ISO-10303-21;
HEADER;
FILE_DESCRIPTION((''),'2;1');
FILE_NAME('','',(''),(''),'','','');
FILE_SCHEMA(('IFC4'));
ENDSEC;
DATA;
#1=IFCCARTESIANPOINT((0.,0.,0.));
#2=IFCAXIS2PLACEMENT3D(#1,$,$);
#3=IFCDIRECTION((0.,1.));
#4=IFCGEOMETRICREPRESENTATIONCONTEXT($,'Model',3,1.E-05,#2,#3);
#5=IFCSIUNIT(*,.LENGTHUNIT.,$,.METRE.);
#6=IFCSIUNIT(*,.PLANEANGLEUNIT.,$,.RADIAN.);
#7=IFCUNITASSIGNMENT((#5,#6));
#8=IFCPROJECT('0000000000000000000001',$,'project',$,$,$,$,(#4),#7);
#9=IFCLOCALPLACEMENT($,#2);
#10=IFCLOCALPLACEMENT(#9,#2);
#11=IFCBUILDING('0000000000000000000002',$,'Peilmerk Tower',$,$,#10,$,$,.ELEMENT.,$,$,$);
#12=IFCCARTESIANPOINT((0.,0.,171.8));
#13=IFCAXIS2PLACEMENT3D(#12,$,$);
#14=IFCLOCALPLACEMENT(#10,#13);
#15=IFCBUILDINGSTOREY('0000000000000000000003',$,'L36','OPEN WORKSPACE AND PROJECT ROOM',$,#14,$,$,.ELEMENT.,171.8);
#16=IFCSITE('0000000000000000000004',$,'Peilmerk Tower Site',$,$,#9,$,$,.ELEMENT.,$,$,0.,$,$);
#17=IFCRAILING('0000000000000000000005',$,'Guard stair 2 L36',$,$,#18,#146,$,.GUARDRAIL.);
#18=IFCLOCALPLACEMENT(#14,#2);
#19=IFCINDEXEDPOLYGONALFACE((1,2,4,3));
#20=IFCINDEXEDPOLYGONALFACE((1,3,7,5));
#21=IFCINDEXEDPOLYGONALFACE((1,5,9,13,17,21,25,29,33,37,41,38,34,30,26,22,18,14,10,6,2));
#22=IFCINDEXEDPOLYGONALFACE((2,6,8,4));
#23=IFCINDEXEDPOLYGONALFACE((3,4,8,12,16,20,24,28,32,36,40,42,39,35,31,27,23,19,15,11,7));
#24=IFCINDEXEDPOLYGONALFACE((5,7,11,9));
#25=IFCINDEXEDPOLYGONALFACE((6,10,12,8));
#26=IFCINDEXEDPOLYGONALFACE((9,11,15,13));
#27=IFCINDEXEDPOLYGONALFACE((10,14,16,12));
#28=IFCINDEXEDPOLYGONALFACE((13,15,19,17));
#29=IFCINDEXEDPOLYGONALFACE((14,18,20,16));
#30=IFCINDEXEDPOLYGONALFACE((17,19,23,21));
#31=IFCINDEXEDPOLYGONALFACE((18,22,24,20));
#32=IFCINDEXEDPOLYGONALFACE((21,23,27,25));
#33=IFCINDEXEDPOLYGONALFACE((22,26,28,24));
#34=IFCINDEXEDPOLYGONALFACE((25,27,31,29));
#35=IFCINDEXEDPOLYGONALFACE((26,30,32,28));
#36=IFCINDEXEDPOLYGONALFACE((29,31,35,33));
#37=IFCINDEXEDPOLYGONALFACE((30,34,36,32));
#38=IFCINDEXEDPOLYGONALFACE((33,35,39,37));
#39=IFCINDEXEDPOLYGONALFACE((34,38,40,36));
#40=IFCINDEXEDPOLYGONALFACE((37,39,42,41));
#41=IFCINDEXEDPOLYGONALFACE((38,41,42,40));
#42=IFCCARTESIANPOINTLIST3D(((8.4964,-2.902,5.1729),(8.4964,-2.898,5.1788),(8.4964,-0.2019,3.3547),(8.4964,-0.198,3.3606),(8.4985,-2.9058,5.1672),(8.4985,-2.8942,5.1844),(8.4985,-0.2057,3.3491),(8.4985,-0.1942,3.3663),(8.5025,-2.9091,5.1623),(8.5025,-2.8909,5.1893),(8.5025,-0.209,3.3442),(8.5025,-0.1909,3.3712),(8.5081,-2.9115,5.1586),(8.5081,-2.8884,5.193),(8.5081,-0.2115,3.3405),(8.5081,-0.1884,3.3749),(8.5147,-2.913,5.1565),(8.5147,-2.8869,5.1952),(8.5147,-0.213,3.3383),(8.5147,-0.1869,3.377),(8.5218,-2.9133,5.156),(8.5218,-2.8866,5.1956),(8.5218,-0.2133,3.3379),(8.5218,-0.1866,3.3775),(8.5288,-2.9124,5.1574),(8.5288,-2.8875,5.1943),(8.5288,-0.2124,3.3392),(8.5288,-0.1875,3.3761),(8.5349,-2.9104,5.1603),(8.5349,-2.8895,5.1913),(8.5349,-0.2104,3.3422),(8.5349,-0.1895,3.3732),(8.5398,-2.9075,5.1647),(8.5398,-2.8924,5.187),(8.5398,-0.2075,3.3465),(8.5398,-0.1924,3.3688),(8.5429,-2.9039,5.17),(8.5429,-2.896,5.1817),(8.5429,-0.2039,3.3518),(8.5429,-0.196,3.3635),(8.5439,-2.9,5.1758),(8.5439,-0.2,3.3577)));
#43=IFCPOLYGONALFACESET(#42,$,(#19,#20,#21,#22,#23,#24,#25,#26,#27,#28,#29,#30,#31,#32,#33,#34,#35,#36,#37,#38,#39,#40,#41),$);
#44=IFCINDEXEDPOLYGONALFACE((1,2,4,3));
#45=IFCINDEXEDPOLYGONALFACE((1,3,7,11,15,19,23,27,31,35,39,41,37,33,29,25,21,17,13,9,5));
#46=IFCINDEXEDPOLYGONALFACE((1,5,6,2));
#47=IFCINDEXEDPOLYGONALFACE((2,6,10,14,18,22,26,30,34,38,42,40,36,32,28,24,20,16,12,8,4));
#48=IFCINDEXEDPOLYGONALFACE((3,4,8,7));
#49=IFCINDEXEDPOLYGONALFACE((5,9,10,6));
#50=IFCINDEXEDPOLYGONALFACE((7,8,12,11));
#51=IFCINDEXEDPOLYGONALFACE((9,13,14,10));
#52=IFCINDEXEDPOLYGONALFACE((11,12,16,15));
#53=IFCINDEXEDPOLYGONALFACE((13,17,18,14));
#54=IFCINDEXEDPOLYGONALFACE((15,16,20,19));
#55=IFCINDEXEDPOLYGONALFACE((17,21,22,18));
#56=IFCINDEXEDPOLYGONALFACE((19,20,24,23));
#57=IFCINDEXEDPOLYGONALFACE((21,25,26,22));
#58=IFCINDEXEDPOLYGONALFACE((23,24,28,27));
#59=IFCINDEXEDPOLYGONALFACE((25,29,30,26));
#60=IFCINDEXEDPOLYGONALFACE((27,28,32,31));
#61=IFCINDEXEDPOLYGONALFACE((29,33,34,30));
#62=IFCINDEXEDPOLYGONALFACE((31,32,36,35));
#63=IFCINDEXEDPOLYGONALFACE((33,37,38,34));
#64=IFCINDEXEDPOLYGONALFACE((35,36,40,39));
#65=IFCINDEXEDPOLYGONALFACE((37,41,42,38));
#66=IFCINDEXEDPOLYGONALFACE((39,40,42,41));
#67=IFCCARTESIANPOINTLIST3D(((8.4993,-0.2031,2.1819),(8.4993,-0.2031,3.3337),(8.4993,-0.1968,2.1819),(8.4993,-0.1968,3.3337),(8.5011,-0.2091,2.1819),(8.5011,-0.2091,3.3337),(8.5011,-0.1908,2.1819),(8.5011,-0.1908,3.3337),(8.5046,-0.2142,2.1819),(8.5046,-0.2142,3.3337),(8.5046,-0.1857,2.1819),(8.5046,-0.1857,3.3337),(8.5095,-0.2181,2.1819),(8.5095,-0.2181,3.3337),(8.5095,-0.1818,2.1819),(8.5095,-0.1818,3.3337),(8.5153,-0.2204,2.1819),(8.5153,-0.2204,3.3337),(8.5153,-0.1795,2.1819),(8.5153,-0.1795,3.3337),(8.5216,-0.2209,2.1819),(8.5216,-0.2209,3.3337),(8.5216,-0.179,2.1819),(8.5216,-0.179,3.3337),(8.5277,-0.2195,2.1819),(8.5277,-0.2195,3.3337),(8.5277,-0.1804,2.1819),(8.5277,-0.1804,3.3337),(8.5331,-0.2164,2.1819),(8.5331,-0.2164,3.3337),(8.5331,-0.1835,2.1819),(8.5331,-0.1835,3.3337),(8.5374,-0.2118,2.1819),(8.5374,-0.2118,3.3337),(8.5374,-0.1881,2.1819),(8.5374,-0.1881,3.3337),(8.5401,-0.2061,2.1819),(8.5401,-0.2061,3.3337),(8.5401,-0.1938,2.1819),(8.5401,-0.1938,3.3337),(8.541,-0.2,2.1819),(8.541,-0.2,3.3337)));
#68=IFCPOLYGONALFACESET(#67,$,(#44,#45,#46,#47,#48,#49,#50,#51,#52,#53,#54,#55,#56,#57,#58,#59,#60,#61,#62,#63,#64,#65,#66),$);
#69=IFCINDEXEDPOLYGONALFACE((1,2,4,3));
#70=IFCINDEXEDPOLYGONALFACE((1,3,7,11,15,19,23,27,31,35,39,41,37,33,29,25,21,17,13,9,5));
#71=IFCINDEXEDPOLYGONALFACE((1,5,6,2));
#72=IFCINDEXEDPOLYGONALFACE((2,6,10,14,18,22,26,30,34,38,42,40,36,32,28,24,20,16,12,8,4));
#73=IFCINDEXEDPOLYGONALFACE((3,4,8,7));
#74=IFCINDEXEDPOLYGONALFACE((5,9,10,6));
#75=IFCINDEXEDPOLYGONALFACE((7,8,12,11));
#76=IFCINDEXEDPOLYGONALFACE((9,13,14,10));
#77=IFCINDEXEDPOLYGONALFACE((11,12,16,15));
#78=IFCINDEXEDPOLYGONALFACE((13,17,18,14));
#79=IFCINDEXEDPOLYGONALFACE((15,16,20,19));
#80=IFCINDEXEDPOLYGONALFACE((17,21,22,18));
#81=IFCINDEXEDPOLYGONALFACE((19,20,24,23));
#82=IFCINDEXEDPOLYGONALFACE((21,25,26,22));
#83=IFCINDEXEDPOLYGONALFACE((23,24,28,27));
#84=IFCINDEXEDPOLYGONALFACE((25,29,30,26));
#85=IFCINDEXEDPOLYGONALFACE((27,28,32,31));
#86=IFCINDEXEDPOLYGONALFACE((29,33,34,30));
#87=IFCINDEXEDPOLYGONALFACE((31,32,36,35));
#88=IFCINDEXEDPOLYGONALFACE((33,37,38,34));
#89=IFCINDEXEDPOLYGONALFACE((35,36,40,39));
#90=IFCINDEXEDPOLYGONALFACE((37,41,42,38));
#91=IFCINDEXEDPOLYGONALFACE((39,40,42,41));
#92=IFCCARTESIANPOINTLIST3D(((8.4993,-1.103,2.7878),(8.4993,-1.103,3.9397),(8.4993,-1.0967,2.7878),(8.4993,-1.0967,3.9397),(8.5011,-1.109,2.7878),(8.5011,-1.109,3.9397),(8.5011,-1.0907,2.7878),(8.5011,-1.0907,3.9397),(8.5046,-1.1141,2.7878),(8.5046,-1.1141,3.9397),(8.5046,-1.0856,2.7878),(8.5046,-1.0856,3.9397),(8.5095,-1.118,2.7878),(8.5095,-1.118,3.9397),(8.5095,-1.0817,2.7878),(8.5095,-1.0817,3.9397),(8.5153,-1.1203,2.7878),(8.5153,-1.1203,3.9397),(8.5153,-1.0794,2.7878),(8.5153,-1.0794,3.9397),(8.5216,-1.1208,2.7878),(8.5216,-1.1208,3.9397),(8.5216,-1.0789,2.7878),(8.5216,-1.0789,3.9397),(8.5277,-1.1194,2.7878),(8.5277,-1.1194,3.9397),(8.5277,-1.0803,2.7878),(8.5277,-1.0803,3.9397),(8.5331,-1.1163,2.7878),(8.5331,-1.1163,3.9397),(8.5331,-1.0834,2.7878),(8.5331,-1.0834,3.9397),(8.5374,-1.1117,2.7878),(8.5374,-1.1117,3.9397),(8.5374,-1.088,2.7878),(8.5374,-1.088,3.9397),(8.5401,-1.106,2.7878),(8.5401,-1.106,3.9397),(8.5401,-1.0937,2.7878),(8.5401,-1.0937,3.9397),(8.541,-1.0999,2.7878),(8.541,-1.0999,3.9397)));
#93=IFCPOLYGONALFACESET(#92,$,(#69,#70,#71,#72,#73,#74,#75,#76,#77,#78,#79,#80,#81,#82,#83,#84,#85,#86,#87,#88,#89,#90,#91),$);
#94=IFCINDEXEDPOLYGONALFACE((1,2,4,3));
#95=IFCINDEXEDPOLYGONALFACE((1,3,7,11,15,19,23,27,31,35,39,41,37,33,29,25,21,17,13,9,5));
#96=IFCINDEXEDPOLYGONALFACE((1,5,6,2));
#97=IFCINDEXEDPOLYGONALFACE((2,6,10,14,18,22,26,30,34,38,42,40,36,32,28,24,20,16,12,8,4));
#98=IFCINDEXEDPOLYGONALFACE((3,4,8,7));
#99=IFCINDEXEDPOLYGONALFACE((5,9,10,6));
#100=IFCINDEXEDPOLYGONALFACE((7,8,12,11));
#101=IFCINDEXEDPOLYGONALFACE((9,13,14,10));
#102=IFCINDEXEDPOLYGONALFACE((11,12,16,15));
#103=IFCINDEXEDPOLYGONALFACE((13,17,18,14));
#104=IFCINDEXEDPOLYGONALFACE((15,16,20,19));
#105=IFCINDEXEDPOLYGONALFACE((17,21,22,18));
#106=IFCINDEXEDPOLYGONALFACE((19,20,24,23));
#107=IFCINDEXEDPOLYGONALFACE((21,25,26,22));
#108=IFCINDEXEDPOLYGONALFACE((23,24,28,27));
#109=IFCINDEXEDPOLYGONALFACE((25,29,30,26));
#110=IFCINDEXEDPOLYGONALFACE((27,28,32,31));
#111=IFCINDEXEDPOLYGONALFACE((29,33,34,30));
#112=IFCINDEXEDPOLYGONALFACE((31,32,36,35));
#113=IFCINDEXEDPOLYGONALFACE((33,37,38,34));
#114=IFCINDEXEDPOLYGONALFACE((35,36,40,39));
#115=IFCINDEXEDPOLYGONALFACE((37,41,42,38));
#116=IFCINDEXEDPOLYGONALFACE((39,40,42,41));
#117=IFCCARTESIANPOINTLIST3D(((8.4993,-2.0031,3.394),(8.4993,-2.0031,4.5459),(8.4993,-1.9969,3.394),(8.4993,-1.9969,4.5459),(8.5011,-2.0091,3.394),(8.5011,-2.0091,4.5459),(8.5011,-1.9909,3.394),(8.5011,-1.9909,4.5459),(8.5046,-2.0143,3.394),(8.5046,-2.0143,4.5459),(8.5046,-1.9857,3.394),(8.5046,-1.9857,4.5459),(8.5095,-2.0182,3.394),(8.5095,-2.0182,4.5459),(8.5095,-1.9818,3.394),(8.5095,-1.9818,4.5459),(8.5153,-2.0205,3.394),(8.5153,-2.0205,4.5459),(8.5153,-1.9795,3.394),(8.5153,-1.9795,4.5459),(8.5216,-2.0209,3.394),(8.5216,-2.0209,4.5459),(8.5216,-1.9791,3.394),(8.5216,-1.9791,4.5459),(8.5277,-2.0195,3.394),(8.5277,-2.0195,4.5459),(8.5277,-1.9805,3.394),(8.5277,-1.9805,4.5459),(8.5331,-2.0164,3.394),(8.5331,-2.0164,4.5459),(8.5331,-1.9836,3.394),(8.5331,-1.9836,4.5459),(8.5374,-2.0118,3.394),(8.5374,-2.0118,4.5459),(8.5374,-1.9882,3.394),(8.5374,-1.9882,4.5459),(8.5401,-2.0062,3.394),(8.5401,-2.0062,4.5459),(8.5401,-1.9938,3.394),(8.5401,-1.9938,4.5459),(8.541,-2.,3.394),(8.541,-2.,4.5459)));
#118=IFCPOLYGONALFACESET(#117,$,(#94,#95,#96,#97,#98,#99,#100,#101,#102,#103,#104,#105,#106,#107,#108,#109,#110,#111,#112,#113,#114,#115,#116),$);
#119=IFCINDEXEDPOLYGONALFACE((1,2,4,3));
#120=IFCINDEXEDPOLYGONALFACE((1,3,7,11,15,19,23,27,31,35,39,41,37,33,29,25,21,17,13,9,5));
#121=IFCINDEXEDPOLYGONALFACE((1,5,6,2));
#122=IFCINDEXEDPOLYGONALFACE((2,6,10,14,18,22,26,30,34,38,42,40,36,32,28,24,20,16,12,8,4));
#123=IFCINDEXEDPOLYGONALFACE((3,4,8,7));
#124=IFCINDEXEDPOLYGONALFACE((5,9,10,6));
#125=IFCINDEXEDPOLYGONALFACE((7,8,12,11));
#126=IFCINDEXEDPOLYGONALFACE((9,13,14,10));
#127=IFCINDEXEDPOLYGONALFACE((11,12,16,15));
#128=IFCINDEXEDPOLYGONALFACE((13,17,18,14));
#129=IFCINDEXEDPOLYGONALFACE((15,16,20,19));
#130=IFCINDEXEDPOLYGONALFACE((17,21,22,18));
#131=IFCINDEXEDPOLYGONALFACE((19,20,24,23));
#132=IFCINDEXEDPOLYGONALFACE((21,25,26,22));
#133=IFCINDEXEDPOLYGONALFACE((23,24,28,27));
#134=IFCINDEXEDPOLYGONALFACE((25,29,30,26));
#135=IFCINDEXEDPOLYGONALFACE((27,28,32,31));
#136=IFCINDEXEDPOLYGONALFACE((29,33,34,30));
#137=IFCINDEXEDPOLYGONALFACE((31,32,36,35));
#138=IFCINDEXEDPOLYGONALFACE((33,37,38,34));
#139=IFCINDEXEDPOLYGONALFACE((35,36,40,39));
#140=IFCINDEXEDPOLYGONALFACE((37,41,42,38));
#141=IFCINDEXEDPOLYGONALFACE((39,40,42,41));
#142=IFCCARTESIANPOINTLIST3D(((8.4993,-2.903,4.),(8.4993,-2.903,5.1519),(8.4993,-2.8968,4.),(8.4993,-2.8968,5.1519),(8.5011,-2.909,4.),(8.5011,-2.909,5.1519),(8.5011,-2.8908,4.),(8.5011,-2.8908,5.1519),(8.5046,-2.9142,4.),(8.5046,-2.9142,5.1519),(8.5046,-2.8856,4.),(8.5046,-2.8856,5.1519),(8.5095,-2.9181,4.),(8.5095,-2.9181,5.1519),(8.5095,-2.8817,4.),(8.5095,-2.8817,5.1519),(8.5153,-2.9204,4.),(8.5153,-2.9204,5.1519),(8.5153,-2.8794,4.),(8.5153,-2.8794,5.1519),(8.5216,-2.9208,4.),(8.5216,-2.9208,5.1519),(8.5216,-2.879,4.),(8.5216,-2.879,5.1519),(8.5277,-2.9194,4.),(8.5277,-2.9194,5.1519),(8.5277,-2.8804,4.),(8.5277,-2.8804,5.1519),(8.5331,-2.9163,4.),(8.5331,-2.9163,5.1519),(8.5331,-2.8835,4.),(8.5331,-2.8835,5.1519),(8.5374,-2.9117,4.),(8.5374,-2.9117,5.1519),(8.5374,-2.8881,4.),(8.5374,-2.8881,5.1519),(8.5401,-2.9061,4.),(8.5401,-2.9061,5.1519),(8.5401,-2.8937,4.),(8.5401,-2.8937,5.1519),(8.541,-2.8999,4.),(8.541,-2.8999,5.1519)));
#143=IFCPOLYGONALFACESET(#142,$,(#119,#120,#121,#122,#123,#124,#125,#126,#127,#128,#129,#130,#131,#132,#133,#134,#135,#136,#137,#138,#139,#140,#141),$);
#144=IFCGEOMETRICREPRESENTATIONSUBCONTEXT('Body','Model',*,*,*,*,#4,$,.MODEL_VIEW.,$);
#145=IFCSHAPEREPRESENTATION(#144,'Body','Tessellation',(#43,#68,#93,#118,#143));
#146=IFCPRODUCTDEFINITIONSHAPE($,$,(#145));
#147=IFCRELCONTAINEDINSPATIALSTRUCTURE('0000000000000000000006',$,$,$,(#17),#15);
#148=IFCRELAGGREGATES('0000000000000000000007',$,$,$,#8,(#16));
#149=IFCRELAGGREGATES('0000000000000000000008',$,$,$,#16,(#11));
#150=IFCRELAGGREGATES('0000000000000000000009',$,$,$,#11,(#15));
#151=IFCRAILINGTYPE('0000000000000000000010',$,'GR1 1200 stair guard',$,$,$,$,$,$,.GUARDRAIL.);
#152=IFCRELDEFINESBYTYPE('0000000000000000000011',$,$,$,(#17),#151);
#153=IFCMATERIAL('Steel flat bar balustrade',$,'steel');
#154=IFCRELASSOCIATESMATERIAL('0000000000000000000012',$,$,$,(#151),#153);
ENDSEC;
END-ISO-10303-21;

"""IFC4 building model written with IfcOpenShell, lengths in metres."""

from ifc_helpers import new_model, si_unit, direction, frame, origin, origin_2d, place, context, subcontext, project, spatial, circle, extrude, material, type_object, element, save


model = new_model("IFC4")

# Units and contexts
model_context = context("Model", 3, precision=1e-05, world=origin(), true_north=direction((0.0, 1.0)))
body_context = subcontext(model_context, "Body", "Model", "MODEL_VIEW")
ifc_project = project(units=[si_unit("LENGTHUNIT", "METRE"), si_unit("PLANEANGLEUNIT", "RADIAN")], contexts=[model_context])

# Site, building, storey
site_placement = place(None, origin())
site = spatial("IfcSite", under=ifc_project, at=site_placement, Name="Peilmerk Tower Site", CompositionType="ELEMENT", RefElevation=0.0)
building_placement = place(site_placement, origin())
building = spatial("IfcBuilding", under=site, at=building_placement, Name="Peilmerk Tower", CompositionType="ELEMENT")
storey_placement = place(building_placement, frame((0.0, 0.0, 171.8)))
storey = spatial("IfcBuildingStorey", under=building, at=storey_placement, Name="L36", Description="OPEN WORKSPACE AND PROJECT ROOM", CompositionType="ELEMENT", Elevation=171.8)

# Railing
ifc_material_1 = material(Name="Steel flat bar balustrade", Category="steel")
railing_type_1 = type_object("IfcRailingType", Name="GR1 1200 stair guard", PredefinedType="GUARDRAIL", material=ifc_material_1)
railing_1_placement = place(storey_placement, frame((8.52, -0.2, 2.1819)))
element("IfcRailing", 1, at=railing_1_placement, inside=storey, type_object=railing_type_1, Name="Guard stair 2 L36", PredefinedType="GUARDRAIL", context=body_context, shape_type="SweptSolid", body=[
    extrude(circle(Radius=0.0239, at=origin_2d()), frame((0.0, 0.0, 1.1758), z_axis=(0.0, -0.829468, 0.558554), x_axis=(1.0, 0.0, 0.0)), (0.0, 0.0, 1.0), 3.2551),
    extrude(circle(Radius=0.021, at=origin_2d()), origin(), (0.0, 0.0, 1.0), 1.1519),
    extrude(circle(Radius=0.021, at=origin_2d()), frame((0.0, -0.8999, 0.606)), (0.0, 0.0, 1.0), 1.1519),
    extrude(circle(Radius=0.021, at=origin_2d()), frame((0.0, -1.8, 1.2122)), (0.0, 0.0, 1.0), 1.1519),
    extrude(circle(Radius=0.021, at=origin_2d()), frame((0.0, -2.7, 1.8181)), (0.0, 0.0, 1.0), 1.1519),
])

save(model, "model.ifc")
